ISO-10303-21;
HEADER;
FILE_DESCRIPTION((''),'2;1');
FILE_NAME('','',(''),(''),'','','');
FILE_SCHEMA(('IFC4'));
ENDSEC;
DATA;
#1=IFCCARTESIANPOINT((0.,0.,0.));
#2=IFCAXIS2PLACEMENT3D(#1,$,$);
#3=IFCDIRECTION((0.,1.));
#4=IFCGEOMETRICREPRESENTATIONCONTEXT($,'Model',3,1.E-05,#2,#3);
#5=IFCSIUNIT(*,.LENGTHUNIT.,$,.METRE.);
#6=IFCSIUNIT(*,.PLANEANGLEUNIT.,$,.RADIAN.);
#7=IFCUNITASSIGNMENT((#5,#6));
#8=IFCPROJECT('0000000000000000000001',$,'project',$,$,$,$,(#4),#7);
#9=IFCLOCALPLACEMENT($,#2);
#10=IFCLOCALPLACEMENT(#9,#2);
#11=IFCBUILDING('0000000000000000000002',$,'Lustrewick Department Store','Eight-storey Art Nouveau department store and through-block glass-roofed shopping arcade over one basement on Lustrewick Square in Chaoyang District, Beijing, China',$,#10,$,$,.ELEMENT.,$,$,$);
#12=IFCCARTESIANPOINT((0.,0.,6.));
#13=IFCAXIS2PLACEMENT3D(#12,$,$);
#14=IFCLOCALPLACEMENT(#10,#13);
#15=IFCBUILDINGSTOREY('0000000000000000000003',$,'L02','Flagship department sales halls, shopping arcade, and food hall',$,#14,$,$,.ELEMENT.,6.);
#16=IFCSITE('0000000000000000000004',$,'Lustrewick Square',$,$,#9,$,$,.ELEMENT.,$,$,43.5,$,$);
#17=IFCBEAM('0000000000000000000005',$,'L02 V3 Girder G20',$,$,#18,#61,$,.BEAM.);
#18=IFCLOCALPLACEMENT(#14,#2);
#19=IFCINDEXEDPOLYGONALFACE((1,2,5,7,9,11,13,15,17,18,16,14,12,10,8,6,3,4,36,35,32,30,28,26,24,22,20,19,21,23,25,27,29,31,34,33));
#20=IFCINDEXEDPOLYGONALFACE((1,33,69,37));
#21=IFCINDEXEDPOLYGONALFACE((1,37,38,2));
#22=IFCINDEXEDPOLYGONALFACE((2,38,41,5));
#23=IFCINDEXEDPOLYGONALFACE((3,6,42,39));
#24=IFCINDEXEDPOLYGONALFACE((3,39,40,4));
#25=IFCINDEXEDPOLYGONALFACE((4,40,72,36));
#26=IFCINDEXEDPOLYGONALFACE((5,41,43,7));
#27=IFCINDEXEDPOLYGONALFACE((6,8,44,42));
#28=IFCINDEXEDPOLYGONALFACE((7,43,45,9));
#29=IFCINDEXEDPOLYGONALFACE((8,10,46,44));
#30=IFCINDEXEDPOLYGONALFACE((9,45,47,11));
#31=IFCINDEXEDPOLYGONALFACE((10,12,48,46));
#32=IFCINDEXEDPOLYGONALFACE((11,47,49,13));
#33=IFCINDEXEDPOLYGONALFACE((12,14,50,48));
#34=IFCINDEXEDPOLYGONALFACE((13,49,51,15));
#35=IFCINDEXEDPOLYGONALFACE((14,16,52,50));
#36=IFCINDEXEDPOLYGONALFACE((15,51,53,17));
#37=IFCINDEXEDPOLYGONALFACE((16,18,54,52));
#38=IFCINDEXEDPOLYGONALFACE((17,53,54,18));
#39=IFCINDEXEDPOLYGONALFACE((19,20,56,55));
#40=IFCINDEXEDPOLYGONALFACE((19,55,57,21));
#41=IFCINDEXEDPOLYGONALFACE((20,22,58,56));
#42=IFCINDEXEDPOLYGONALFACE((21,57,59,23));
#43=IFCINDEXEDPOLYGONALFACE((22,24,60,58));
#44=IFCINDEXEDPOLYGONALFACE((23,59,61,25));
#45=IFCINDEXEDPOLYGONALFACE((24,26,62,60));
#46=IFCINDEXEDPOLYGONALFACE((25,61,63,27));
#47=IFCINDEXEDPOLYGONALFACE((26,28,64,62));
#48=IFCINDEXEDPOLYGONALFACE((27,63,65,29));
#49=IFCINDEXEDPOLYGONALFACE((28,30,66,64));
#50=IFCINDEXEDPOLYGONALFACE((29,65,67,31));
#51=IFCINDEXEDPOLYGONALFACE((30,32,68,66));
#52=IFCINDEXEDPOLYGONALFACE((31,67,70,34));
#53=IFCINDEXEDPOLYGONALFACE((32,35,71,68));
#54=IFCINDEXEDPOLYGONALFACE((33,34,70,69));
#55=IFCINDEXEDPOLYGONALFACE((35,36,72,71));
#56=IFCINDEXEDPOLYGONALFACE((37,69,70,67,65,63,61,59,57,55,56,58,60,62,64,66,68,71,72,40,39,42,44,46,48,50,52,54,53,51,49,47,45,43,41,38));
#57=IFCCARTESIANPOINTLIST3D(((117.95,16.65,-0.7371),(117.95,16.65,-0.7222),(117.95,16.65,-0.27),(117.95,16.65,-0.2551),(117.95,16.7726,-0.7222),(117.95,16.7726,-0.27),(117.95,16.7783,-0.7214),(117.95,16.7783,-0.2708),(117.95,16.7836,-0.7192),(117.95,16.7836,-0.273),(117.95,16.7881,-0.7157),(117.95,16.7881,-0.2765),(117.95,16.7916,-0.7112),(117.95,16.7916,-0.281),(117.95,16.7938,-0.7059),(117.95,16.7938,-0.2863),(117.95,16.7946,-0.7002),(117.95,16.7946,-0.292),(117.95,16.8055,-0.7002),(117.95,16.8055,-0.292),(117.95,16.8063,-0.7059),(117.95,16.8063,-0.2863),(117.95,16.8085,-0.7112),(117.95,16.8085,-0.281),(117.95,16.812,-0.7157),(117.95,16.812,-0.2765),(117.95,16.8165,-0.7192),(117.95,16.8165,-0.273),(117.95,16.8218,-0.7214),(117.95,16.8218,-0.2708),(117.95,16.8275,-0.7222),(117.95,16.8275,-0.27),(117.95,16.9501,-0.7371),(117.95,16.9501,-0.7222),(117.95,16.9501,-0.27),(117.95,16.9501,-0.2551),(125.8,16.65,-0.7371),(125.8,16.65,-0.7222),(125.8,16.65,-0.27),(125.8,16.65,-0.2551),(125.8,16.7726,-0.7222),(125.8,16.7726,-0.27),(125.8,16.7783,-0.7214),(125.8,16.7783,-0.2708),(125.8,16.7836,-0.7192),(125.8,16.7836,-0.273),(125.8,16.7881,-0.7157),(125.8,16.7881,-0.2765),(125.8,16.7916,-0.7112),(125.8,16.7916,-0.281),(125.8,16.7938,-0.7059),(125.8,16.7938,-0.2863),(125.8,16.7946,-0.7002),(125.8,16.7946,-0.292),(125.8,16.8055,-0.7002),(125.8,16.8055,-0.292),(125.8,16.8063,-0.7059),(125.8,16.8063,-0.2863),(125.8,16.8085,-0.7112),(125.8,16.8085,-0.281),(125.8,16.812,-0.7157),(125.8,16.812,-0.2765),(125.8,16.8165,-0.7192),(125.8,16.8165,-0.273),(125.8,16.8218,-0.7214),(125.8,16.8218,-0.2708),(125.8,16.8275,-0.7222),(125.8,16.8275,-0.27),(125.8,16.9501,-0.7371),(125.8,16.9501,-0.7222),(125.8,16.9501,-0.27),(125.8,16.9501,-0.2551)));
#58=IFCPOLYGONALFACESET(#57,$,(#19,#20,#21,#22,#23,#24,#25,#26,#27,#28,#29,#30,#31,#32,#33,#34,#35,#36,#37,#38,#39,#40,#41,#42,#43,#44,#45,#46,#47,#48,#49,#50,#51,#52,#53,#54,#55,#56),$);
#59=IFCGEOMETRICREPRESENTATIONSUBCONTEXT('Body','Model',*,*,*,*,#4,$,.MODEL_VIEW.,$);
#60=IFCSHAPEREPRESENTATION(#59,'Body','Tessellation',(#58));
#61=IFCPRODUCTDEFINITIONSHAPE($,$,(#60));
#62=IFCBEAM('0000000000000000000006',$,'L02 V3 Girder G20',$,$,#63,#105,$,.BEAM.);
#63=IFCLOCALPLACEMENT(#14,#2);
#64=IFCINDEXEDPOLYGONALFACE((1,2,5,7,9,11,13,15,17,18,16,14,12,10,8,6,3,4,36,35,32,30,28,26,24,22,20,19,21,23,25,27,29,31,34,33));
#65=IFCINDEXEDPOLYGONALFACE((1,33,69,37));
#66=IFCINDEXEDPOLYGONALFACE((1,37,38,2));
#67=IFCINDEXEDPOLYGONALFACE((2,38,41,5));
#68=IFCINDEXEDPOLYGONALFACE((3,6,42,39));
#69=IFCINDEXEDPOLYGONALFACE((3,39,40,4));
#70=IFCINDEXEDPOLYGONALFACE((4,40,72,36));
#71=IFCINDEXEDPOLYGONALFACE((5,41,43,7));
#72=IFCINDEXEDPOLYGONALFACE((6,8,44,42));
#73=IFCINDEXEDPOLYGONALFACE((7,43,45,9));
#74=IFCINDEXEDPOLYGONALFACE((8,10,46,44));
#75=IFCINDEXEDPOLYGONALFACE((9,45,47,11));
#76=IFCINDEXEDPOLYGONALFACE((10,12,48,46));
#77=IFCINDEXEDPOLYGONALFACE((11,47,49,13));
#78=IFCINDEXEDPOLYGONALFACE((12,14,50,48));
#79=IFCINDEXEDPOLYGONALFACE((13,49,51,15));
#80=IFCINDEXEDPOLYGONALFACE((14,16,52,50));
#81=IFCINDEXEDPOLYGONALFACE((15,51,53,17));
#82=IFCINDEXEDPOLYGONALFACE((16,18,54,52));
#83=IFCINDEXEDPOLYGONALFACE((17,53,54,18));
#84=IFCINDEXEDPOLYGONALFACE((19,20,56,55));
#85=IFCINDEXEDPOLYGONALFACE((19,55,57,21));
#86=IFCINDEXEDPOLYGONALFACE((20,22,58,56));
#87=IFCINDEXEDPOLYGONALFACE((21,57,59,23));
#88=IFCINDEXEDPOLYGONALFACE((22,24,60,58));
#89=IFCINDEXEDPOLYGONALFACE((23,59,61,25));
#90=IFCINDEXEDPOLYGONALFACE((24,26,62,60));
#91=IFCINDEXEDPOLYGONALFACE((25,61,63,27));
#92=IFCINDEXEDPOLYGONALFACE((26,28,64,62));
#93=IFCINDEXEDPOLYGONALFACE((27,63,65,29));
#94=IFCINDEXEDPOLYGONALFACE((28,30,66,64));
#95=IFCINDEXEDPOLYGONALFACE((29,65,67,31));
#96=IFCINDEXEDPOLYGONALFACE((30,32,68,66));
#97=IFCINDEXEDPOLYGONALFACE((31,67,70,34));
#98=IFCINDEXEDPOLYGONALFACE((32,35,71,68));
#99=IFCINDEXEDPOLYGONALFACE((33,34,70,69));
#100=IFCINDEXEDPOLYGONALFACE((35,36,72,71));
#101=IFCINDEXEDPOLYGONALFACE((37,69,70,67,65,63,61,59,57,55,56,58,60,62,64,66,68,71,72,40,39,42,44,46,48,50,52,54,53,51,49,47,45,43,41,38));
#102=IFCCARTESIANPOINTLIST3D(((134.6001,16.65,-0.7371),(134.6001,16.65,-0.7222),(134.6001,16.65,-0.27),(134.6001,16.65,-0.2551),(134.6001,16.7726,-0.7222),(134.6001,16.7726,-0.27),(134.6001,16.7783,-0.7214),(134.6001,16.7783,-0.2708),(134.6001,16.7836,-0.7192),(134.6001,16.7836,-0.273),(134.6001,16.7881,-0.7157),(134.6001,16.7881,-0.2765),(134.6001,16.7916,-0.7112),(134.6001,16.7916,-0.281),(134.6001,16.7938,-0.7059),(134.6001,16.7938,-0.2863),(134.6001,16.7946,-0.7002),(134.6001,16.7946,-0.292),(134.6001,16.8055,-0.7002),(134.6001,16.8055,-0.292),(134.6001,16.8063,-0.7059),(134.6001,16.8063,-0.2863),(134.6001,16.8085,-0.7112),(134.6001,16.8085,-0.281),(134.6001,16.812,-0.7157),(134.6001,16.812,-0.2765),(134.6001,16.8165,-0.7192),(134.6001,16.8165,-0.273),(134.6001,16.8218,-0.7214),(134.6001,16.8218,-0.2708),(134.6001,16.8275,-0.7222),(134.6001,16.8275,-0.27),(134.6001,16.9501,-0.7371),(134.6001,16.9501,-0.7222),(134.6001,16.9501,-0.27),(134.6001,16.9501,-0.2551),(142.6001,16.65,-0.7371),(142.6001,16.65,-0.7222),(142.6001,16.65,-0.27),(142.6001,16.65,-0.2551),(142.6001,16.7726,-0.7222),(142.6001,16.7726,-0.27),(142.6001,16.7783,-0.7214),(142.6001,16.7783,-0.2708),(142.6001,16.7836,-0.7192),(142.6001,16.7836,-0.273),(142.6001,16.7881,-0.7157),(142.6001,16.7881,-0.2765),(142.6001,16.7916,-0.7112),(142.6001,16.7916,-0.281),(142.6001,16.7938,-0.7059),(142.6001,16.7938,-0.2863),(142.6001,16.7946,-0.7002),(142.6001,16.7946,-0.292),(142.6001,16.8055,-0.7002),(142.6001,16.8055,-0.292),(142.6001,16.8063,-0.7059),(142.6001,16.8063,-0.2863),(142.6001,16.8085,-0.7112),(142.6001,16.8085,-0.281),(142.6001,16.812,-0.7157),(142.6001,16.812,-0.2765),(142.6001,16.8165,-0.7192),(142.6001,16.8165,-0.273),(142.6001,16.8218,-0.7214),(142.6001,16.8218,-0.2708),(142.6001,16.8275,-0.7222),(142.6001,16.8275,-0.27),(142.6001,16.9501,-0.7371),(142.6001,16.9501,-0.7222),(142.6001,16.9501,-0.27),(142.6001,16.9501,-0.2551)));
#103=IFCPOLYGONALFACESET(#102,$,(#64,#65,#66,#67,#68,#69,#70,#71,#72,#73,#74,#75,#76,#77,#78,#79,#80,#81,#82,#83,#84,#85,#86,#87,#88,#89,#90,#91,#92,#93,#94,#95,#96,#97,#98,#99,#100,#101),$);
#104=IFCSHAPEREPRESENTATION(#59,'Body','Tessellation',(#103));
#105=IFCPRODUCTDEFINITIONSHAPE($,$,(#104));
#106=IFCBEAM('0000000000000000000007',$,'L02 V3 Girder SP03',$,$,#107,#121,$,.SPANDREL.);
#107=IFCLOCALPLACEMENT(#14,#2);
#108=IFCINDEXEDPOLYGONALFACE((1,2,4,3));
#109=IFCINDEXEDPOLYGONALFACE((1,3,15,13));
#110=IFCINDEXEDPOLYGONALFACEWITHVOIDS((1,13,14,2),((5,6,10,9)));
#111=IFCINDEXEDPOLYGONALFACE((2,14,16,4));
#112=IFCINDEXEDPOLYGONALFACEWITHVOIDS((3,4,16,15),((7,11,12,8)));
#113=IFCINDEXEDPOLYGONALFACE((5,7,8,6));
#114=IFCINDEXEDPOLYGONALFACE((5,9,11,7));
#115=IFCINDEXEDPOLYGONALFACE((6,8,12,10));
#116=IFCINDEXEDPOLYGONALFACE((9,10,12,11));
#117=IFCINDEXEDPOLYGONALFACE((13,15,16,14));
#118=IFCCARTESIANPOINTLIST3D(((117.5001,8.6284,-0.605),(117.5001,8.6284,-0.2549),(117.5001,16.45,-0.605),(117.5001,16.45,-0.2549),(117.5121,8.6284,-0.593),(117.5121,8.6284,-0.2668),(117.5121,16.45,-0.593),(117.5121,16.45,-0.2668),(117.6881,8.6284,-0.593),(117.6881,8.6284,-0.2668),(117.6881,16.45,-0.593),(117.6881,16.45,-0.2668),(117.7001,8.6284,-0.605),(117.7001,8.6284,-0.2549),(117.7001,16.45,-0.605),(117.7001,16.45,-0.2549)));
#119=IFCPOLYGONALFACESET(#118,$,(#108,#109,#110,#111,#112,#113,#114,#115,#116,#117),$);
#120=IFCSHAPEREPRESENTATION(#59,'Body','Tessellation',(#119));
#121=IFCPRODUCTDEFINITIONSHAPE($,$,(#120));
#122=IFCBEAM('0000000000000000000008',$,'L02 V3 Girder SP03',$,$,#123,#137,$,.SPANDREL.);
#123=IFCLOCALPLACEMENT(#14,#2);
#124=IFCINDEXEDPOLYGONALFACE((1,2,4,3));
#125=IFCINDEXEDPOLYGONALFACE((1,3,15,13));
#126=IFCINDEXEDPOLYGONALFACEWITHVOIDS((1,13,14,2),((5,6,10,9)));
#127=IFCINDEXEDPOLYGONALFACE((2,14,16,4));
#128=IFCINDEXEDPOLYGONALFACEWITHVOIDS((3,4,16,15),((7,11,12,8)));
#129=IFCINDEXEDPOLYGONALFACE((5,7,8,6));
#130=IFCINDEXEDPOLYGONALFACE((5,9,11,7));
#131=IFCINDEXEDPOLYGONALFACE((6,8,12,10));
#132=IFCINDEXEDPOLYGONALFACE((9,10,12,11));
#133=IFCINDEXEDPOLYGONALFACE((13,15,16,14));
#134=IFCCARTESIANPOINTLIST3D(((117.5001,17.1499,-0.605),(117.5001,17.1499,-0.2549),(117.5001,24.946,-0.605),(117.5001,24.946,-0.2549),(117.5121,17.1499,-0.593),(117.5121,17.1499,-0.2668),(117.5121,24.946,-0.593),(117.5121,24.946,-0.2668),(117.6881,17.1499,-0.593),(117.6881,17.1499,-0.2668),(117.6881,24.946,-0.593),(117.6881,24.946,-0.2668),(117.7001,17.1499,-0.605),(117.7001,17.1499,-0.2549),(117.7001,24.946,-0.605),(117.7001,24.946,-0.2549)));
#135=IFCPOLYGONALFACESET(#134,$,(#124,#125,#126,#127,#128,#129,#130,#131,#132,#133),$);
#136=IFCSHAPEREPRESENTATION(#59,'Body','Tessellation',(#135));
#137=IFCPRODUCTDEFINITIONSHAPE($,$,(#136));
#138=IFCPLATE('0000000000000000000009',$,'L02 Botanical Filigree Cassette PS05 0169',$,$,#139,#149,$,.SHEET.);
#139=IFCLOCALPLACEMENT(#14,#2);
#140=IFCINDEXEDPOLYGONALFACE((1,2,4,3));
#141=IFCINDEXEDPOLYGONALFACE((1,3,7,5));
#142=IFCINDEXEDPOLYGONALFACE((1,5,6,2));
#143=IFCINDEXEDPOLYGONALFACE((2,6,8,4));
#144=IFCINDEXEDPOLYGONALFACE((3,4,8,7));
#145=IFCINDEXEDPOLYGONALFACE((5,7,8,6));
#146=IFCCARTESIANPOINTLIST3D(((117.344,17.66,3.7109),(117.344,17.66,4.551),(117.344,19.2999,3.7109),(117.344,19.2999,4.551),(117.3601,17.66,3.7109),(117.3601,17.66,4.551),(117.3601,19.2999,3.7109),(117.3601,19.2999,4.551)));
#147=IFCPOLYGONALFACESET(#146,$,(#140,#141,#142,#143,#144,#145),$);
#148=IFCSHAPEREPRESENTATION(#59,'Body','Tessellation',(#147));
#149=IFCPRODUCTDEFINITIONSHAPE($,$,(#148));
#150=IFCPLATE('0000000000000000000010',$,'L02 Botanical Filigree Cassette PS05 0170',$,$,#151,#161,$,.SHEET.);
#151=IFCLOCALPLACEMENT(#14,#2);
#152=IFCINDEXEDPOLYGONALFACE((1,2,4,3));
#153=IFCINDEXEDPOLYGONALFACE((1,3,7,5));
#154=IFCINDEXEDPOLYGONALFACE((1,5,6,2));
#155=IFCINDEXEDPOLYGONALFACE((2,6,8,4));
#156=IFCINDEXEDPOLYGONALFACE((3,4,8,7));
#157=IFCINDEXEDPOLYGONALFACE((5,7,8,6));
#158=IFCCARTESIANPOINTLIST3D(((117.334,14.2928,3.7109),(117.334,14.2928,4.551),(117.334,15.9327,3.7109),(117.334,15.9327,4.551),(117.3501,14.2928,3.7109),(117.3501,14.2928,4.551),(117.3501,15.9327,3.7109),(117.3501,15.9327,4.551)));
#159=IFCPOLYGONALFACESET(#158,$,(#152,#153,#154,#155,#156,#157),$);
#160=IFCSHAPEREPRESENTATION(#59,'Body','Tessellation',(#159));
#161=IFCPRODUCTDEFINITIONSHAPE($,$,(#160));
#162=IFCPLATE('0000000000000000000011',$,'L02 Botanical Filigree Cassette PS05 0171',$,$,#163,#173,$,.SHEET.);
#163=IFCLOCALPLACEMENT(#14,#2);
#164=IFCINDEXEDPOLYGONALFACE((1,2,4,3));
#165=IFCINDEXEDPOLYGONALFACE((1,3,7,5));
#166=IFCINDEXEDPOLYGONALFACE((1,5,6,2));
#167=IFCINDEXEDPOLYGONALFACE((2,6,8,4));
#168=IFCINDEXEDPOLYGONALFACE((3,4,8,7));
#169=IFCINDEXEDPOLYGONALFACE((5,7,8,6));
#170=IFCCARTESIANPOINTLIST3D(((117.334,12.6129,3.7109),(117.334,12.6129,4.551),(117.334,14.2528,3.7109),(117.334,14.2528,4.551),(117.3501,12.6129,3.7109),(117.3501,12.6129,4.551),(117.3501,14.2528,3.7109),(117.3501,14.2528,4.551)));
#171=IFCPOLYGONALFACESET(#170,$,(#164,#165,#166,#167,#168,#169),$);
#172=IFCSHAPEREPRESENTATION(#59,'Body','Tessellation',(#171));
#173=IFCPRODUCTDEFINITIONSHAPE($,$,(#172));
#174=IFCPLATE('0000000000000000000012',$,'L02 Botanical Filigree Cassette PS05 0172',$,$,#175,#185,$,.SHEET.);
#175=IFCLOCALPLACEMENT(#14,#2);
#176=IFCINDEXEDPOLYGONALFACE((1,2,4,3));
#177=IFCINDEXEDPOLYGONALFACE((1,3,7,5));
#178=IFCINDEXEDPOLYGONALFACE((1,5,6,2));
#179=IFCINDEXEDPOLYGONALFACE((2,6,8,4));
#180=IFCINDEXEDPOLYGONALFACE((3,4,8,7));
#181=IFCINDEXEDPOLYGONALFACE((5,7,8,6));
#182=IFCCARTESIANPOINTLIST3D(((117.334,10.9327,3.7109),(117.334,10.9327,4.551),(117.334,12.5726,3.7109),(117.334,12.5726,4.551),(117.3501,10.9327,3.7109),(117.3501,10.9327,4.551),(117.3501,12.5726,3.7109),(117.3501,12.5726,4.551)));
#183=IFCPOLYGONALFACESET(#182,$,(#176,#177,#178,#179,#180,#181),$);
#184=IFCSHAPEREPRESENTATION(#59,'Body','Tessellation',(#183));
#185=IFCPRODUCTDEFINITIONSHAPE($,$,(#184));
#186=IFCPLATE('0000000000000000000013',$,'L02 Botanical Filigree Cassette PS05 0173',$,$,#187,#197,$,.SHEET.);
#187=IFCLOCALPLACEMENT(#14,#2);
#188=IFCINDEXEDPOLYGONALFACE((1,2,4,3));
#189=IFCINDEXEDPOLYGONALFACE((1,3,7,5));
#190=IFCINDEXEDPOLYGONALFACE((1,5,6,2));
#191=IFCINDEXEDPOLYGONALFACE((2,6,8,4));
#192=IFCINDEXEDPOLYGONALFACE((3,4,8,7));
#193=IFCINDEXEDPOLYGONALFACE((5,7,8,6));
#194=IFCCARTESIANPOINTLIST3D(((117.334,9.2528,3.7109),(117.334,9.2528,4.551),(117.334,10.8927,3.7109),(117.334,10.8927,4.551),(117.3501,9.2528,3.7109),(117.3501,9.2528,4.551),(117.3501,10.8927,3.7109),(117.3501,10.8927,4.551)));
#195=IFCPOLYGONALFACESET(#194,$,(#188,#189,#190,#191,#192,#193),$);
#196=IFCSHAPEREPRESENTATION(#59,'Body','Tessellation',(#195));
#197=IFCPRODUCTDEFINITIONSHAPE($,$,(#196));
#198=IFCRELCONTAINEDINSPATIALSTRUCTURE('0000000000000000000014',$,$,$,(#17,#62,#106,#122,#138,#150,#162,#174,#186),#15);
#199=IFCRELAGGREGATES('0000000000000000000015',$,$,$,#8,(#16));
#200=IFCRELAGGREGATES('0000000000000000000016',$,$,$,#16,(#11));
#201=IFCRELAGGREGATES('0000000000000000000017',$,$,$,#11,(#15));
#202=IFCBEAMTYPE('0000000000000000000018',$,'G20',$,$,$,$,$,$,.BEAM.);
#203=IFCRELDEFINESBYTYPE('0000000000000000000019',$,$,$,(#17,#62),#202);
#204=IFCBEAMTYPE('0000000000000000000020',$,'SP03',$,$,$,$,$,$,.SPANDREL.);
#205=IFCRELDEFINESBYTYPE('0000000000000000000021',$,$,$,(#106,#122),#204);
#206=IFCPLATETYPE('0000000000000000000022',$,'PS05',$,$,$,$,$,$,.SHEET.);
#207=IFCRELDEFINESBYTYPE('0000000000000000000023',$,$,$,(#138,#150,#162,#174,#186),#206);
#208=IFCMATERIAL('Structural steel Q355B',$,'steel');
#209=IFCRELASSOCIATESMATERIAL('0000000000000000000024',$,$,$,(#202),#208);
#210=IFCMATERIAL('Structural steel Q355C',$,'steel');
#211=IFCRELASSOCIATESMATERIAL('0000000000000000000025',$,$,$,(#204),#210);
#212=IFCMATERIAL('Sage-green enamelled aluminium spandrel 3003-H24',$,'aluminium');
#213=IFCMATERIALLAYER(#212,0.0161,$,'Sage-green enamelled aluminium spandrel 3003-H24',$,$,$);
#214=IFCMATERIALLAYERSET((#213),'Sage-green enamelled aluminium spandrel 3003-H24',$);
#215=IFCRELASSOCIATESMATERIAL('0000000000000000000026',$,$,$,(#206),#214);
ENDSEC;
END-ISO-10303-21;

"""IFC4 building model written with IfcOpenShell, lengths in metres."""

from ifc_helpers import new_model, si_unit, direction, frame, origin, origin_2d, place, context, subcontext, project, spatial, rectangle, hollow_rectangle, i_section, extrude, material, layer, layer_set, material_profile, profile_set, type_object, element, save


model = new_model("IFC4")

# Units and contexts
model_context = context("Model", 3, precision=1e-05, world=origin(), true_north=direction((0.0, 1.0)))
body_context = subcontext(model_context, "Body", "Model", "MODEL_VIEW")
ifc_project = project(units=[si_unit("LENGTHUNIT", "METRE"), si_unit("PLANEANGLEUNIT", "RADIAN")], contexts=[model_context])

# Site, building, storey
site_placement = place(None, origin())
site = spatial("IfcSite", under=ifc_project, at=site_placement, Name="Lustrewick Square", CompositionType="ELEMENT", RefElevation=43.5)
building_placement = place(site_placement, origin())
building = spatial("IfcBuilding", under=site, at=building_placement, Name="Lustrewick Department Store", Description="Eight-storey Art Nouveau department store and through-block glass-roofed shopping arcade over one basement on Lustrewick Square in Chaoyang District, Beijing, China", CompositionType="ELEMENT")
storey_placement = place(building_placement, frame((0.0, 0.0, 6.0)))
storey = spatial("IfcBuildingStorey", under=building, at=storey_placement, Name="L02", Description="Flagship department sales halls, shopping arcade, and food hall", CompositionType="ELEMENT", Elevation=6.0)

# Shared definitions
ifc_material_1 = material(Name="Structural steel Q355C", Category="steel")

# Beams
ifc_material_2 = material(Name="Structural steel Q355B", Category="steel")
ifc_material_profile_1 = material_profile(ifc_material_2, i_section(OverallWidth=0.3, OverallDepth=0.4819, WebThickness=0.011, FlangeThickness=0.0149, FilletRadius=0.022, at=origin_2d()), Name="HM 482x300x11x15")
ifc_profile_set_1 = profile_set([ifc_material_profile_1], Name="Structural steel Q355B")
beam_type_1 = type_object("IfcBeamType", Name="G20", PredefinedType="BEAM", material=ifc_profile_set_1)
beam_1_placement = place(storey_placement, frame((117.95, 16.8, -0.4961), z_axis=(1.0, 0.0, 0.0), x_axis=(0.0, 1.0, 0.0)))
element("IfcBeam", 1, at=beam_1_placement, inside=storey, type_object=beam_type_1, Name="L02 V3 Girder G20", PredefinedType="BEAM", context=body_context, shape_type="SweptSolid", body=[
    extrude(i_section(OverallWidth=0.3, OverallDepth=0.4819, WebThickness=0.011, FlangeThickness=0.0149, FilletRadius=0.022, at=origin_2d()), origin(), (0.0, 0.0, 1.0), 7.8501),
])
beam_2_placement = place(storey_placement, frame((134.6001, 16.8, -0.4961), z_axis=(1.0, 0.0, 0.0), x_axis=(0.0, 1.0, 0.0)))
element("IfcBeam", 2, at=beam_2_placement, inside=storey, type_object=beam_type_1, Name="L02 V3 Girder G20", PredefinedType="BEAM", context=body_context, shape_type="SweptSolid", body=[
    extrude(i_section(OverallWidth=0.3, OverallDepth=0.4819, WebThickness=0.011, FlangeThickness=0.0149, FilletRadius=0.022, at=origin_2d()), origin(), (0.0, 0.0, 1.0), 8.0),
])
ifc_material_profile_2 = material_profile(ifc_material_1, hollow_rectangle(XDim=0.2, YDim=0.3501, WallThickness=0.012, at=origin_2d()), Name="RHS 350x200x12")
ifc_profile_set_2 = profile_set([ifc_material_profile_2], Name="Structural steel Q355C")
beam_type_2 = type_object("IfcBeamType", Name="SP03", PredefinedType="SPANDREL", material=ifc_profile_set_2)
beam_3_placement = place(storey_placement, frame((117.6001, 8.6284, -0.4299), z_axis=(0.0, 1.0, 0.0), x_axis=(-1.0, 0.0, 0.0)))
element("IfcBeam", 3, at=beam_3_placement, inside=storey, type_object=beam_type_2, Name="L02 V3 Girder SP03", PredefinedType="SPANDREL", context=body_context, shape_type="SweptSolid", body=[
    extrude(hollow_rectangle(XDim=0.2, YDim=0.3501, WallThickness=0.012, at=origin_2d()), origin(), (0.0, 0.0, 1.0), 7.8215),
])
beam_4_placement = place(storey_placement, frame((117.6001, 17.1499, -0.4299), z_axis=(0.0, 1.0, 0.0), x_axis=(-1.0, 0.0, 0.0)))
element("IfcBeam", 4, at=beam_4_placement, inside=storey, type_object=beam_type_2, Name="L02 V3 Girder SP03", PredefinedType="SPANDREL", context=body_context, shape_type="SweptSolid", body=[
    extrude(hollow_rectangle(XDim=0.2, YDim=0.3501, WallThickness=0.012, at=origin_2d()), origin(), (0.0, 0.0, 1.0), 7.7961),
])

# Plates
ifc_material_3 = material(Name="Sage-green enamelled aluminium spandrel 3003-H24", Category="aluminium")
ifc_layer_1 = layer(ifc_material_3, 0.0161, Name="Sage-green enamelled aluminium spandrel 3003-H24")
ifc_layer_set_1 = layer_set([ifc_layer_1], Name="Sage-green enamelled aluminium spandrel 3003-H24")
plate_type = type_object("IfcPlateType", Name="PS05", PredefinedType="SHEET", material=ifc_layer_set_1)
for number, where, z_axis, x_axis, name in (
    (5, (117.3521, 18.48, 3.7109), (0.0, 0.0, 1.0), (0.0, -1.0, 0.0), "L02 Botanical Filigree Cassette PS05 0169"),
    (6, (117.342, 15.1128, 3.7109), (0.0, 0.0, 1.0), (0.0, -1.0, 0.0), "L02 Botanical Filigree Cassette PS05 0170"),
    (7, (117.342, 13.4329, 3.7109), (0.0, 0.0, 1.0), (0.0, -1.0, 0.0), "L02 Botanical Filigree Cassette PS05 0171"),
    (8, (117.342, 11.7527, 3.7109), (0.0, 0.0, 1.0), (0.0, -1.0, 0.0), "L02 Botanical Filigree Cassette PS05 0172"),
    (9, (117.342, 10.0728, 3.7109), (0.0, 0.0, 1.0), (0.0, -1.0, 0.0), "L02 Botanical Filigree Cassette PS05 0173"),
):
    element("IfcPlate", number, at=place(storey_placement, frame(where, z_axis=z_axis, x_axis=x_axis)), inside=storey, type_object=plate_type, Name=name, PredefinedType="SHEET", context=body_context, shape_type="SweptSolid", body=[
        extrude(rectangle(XDim=1.6399, YDim=0.0161, at=origin_2d()), origin(), (0.0, 0.0, 1.0), 0.8401),
    ])

save(model, "model.ifc")
